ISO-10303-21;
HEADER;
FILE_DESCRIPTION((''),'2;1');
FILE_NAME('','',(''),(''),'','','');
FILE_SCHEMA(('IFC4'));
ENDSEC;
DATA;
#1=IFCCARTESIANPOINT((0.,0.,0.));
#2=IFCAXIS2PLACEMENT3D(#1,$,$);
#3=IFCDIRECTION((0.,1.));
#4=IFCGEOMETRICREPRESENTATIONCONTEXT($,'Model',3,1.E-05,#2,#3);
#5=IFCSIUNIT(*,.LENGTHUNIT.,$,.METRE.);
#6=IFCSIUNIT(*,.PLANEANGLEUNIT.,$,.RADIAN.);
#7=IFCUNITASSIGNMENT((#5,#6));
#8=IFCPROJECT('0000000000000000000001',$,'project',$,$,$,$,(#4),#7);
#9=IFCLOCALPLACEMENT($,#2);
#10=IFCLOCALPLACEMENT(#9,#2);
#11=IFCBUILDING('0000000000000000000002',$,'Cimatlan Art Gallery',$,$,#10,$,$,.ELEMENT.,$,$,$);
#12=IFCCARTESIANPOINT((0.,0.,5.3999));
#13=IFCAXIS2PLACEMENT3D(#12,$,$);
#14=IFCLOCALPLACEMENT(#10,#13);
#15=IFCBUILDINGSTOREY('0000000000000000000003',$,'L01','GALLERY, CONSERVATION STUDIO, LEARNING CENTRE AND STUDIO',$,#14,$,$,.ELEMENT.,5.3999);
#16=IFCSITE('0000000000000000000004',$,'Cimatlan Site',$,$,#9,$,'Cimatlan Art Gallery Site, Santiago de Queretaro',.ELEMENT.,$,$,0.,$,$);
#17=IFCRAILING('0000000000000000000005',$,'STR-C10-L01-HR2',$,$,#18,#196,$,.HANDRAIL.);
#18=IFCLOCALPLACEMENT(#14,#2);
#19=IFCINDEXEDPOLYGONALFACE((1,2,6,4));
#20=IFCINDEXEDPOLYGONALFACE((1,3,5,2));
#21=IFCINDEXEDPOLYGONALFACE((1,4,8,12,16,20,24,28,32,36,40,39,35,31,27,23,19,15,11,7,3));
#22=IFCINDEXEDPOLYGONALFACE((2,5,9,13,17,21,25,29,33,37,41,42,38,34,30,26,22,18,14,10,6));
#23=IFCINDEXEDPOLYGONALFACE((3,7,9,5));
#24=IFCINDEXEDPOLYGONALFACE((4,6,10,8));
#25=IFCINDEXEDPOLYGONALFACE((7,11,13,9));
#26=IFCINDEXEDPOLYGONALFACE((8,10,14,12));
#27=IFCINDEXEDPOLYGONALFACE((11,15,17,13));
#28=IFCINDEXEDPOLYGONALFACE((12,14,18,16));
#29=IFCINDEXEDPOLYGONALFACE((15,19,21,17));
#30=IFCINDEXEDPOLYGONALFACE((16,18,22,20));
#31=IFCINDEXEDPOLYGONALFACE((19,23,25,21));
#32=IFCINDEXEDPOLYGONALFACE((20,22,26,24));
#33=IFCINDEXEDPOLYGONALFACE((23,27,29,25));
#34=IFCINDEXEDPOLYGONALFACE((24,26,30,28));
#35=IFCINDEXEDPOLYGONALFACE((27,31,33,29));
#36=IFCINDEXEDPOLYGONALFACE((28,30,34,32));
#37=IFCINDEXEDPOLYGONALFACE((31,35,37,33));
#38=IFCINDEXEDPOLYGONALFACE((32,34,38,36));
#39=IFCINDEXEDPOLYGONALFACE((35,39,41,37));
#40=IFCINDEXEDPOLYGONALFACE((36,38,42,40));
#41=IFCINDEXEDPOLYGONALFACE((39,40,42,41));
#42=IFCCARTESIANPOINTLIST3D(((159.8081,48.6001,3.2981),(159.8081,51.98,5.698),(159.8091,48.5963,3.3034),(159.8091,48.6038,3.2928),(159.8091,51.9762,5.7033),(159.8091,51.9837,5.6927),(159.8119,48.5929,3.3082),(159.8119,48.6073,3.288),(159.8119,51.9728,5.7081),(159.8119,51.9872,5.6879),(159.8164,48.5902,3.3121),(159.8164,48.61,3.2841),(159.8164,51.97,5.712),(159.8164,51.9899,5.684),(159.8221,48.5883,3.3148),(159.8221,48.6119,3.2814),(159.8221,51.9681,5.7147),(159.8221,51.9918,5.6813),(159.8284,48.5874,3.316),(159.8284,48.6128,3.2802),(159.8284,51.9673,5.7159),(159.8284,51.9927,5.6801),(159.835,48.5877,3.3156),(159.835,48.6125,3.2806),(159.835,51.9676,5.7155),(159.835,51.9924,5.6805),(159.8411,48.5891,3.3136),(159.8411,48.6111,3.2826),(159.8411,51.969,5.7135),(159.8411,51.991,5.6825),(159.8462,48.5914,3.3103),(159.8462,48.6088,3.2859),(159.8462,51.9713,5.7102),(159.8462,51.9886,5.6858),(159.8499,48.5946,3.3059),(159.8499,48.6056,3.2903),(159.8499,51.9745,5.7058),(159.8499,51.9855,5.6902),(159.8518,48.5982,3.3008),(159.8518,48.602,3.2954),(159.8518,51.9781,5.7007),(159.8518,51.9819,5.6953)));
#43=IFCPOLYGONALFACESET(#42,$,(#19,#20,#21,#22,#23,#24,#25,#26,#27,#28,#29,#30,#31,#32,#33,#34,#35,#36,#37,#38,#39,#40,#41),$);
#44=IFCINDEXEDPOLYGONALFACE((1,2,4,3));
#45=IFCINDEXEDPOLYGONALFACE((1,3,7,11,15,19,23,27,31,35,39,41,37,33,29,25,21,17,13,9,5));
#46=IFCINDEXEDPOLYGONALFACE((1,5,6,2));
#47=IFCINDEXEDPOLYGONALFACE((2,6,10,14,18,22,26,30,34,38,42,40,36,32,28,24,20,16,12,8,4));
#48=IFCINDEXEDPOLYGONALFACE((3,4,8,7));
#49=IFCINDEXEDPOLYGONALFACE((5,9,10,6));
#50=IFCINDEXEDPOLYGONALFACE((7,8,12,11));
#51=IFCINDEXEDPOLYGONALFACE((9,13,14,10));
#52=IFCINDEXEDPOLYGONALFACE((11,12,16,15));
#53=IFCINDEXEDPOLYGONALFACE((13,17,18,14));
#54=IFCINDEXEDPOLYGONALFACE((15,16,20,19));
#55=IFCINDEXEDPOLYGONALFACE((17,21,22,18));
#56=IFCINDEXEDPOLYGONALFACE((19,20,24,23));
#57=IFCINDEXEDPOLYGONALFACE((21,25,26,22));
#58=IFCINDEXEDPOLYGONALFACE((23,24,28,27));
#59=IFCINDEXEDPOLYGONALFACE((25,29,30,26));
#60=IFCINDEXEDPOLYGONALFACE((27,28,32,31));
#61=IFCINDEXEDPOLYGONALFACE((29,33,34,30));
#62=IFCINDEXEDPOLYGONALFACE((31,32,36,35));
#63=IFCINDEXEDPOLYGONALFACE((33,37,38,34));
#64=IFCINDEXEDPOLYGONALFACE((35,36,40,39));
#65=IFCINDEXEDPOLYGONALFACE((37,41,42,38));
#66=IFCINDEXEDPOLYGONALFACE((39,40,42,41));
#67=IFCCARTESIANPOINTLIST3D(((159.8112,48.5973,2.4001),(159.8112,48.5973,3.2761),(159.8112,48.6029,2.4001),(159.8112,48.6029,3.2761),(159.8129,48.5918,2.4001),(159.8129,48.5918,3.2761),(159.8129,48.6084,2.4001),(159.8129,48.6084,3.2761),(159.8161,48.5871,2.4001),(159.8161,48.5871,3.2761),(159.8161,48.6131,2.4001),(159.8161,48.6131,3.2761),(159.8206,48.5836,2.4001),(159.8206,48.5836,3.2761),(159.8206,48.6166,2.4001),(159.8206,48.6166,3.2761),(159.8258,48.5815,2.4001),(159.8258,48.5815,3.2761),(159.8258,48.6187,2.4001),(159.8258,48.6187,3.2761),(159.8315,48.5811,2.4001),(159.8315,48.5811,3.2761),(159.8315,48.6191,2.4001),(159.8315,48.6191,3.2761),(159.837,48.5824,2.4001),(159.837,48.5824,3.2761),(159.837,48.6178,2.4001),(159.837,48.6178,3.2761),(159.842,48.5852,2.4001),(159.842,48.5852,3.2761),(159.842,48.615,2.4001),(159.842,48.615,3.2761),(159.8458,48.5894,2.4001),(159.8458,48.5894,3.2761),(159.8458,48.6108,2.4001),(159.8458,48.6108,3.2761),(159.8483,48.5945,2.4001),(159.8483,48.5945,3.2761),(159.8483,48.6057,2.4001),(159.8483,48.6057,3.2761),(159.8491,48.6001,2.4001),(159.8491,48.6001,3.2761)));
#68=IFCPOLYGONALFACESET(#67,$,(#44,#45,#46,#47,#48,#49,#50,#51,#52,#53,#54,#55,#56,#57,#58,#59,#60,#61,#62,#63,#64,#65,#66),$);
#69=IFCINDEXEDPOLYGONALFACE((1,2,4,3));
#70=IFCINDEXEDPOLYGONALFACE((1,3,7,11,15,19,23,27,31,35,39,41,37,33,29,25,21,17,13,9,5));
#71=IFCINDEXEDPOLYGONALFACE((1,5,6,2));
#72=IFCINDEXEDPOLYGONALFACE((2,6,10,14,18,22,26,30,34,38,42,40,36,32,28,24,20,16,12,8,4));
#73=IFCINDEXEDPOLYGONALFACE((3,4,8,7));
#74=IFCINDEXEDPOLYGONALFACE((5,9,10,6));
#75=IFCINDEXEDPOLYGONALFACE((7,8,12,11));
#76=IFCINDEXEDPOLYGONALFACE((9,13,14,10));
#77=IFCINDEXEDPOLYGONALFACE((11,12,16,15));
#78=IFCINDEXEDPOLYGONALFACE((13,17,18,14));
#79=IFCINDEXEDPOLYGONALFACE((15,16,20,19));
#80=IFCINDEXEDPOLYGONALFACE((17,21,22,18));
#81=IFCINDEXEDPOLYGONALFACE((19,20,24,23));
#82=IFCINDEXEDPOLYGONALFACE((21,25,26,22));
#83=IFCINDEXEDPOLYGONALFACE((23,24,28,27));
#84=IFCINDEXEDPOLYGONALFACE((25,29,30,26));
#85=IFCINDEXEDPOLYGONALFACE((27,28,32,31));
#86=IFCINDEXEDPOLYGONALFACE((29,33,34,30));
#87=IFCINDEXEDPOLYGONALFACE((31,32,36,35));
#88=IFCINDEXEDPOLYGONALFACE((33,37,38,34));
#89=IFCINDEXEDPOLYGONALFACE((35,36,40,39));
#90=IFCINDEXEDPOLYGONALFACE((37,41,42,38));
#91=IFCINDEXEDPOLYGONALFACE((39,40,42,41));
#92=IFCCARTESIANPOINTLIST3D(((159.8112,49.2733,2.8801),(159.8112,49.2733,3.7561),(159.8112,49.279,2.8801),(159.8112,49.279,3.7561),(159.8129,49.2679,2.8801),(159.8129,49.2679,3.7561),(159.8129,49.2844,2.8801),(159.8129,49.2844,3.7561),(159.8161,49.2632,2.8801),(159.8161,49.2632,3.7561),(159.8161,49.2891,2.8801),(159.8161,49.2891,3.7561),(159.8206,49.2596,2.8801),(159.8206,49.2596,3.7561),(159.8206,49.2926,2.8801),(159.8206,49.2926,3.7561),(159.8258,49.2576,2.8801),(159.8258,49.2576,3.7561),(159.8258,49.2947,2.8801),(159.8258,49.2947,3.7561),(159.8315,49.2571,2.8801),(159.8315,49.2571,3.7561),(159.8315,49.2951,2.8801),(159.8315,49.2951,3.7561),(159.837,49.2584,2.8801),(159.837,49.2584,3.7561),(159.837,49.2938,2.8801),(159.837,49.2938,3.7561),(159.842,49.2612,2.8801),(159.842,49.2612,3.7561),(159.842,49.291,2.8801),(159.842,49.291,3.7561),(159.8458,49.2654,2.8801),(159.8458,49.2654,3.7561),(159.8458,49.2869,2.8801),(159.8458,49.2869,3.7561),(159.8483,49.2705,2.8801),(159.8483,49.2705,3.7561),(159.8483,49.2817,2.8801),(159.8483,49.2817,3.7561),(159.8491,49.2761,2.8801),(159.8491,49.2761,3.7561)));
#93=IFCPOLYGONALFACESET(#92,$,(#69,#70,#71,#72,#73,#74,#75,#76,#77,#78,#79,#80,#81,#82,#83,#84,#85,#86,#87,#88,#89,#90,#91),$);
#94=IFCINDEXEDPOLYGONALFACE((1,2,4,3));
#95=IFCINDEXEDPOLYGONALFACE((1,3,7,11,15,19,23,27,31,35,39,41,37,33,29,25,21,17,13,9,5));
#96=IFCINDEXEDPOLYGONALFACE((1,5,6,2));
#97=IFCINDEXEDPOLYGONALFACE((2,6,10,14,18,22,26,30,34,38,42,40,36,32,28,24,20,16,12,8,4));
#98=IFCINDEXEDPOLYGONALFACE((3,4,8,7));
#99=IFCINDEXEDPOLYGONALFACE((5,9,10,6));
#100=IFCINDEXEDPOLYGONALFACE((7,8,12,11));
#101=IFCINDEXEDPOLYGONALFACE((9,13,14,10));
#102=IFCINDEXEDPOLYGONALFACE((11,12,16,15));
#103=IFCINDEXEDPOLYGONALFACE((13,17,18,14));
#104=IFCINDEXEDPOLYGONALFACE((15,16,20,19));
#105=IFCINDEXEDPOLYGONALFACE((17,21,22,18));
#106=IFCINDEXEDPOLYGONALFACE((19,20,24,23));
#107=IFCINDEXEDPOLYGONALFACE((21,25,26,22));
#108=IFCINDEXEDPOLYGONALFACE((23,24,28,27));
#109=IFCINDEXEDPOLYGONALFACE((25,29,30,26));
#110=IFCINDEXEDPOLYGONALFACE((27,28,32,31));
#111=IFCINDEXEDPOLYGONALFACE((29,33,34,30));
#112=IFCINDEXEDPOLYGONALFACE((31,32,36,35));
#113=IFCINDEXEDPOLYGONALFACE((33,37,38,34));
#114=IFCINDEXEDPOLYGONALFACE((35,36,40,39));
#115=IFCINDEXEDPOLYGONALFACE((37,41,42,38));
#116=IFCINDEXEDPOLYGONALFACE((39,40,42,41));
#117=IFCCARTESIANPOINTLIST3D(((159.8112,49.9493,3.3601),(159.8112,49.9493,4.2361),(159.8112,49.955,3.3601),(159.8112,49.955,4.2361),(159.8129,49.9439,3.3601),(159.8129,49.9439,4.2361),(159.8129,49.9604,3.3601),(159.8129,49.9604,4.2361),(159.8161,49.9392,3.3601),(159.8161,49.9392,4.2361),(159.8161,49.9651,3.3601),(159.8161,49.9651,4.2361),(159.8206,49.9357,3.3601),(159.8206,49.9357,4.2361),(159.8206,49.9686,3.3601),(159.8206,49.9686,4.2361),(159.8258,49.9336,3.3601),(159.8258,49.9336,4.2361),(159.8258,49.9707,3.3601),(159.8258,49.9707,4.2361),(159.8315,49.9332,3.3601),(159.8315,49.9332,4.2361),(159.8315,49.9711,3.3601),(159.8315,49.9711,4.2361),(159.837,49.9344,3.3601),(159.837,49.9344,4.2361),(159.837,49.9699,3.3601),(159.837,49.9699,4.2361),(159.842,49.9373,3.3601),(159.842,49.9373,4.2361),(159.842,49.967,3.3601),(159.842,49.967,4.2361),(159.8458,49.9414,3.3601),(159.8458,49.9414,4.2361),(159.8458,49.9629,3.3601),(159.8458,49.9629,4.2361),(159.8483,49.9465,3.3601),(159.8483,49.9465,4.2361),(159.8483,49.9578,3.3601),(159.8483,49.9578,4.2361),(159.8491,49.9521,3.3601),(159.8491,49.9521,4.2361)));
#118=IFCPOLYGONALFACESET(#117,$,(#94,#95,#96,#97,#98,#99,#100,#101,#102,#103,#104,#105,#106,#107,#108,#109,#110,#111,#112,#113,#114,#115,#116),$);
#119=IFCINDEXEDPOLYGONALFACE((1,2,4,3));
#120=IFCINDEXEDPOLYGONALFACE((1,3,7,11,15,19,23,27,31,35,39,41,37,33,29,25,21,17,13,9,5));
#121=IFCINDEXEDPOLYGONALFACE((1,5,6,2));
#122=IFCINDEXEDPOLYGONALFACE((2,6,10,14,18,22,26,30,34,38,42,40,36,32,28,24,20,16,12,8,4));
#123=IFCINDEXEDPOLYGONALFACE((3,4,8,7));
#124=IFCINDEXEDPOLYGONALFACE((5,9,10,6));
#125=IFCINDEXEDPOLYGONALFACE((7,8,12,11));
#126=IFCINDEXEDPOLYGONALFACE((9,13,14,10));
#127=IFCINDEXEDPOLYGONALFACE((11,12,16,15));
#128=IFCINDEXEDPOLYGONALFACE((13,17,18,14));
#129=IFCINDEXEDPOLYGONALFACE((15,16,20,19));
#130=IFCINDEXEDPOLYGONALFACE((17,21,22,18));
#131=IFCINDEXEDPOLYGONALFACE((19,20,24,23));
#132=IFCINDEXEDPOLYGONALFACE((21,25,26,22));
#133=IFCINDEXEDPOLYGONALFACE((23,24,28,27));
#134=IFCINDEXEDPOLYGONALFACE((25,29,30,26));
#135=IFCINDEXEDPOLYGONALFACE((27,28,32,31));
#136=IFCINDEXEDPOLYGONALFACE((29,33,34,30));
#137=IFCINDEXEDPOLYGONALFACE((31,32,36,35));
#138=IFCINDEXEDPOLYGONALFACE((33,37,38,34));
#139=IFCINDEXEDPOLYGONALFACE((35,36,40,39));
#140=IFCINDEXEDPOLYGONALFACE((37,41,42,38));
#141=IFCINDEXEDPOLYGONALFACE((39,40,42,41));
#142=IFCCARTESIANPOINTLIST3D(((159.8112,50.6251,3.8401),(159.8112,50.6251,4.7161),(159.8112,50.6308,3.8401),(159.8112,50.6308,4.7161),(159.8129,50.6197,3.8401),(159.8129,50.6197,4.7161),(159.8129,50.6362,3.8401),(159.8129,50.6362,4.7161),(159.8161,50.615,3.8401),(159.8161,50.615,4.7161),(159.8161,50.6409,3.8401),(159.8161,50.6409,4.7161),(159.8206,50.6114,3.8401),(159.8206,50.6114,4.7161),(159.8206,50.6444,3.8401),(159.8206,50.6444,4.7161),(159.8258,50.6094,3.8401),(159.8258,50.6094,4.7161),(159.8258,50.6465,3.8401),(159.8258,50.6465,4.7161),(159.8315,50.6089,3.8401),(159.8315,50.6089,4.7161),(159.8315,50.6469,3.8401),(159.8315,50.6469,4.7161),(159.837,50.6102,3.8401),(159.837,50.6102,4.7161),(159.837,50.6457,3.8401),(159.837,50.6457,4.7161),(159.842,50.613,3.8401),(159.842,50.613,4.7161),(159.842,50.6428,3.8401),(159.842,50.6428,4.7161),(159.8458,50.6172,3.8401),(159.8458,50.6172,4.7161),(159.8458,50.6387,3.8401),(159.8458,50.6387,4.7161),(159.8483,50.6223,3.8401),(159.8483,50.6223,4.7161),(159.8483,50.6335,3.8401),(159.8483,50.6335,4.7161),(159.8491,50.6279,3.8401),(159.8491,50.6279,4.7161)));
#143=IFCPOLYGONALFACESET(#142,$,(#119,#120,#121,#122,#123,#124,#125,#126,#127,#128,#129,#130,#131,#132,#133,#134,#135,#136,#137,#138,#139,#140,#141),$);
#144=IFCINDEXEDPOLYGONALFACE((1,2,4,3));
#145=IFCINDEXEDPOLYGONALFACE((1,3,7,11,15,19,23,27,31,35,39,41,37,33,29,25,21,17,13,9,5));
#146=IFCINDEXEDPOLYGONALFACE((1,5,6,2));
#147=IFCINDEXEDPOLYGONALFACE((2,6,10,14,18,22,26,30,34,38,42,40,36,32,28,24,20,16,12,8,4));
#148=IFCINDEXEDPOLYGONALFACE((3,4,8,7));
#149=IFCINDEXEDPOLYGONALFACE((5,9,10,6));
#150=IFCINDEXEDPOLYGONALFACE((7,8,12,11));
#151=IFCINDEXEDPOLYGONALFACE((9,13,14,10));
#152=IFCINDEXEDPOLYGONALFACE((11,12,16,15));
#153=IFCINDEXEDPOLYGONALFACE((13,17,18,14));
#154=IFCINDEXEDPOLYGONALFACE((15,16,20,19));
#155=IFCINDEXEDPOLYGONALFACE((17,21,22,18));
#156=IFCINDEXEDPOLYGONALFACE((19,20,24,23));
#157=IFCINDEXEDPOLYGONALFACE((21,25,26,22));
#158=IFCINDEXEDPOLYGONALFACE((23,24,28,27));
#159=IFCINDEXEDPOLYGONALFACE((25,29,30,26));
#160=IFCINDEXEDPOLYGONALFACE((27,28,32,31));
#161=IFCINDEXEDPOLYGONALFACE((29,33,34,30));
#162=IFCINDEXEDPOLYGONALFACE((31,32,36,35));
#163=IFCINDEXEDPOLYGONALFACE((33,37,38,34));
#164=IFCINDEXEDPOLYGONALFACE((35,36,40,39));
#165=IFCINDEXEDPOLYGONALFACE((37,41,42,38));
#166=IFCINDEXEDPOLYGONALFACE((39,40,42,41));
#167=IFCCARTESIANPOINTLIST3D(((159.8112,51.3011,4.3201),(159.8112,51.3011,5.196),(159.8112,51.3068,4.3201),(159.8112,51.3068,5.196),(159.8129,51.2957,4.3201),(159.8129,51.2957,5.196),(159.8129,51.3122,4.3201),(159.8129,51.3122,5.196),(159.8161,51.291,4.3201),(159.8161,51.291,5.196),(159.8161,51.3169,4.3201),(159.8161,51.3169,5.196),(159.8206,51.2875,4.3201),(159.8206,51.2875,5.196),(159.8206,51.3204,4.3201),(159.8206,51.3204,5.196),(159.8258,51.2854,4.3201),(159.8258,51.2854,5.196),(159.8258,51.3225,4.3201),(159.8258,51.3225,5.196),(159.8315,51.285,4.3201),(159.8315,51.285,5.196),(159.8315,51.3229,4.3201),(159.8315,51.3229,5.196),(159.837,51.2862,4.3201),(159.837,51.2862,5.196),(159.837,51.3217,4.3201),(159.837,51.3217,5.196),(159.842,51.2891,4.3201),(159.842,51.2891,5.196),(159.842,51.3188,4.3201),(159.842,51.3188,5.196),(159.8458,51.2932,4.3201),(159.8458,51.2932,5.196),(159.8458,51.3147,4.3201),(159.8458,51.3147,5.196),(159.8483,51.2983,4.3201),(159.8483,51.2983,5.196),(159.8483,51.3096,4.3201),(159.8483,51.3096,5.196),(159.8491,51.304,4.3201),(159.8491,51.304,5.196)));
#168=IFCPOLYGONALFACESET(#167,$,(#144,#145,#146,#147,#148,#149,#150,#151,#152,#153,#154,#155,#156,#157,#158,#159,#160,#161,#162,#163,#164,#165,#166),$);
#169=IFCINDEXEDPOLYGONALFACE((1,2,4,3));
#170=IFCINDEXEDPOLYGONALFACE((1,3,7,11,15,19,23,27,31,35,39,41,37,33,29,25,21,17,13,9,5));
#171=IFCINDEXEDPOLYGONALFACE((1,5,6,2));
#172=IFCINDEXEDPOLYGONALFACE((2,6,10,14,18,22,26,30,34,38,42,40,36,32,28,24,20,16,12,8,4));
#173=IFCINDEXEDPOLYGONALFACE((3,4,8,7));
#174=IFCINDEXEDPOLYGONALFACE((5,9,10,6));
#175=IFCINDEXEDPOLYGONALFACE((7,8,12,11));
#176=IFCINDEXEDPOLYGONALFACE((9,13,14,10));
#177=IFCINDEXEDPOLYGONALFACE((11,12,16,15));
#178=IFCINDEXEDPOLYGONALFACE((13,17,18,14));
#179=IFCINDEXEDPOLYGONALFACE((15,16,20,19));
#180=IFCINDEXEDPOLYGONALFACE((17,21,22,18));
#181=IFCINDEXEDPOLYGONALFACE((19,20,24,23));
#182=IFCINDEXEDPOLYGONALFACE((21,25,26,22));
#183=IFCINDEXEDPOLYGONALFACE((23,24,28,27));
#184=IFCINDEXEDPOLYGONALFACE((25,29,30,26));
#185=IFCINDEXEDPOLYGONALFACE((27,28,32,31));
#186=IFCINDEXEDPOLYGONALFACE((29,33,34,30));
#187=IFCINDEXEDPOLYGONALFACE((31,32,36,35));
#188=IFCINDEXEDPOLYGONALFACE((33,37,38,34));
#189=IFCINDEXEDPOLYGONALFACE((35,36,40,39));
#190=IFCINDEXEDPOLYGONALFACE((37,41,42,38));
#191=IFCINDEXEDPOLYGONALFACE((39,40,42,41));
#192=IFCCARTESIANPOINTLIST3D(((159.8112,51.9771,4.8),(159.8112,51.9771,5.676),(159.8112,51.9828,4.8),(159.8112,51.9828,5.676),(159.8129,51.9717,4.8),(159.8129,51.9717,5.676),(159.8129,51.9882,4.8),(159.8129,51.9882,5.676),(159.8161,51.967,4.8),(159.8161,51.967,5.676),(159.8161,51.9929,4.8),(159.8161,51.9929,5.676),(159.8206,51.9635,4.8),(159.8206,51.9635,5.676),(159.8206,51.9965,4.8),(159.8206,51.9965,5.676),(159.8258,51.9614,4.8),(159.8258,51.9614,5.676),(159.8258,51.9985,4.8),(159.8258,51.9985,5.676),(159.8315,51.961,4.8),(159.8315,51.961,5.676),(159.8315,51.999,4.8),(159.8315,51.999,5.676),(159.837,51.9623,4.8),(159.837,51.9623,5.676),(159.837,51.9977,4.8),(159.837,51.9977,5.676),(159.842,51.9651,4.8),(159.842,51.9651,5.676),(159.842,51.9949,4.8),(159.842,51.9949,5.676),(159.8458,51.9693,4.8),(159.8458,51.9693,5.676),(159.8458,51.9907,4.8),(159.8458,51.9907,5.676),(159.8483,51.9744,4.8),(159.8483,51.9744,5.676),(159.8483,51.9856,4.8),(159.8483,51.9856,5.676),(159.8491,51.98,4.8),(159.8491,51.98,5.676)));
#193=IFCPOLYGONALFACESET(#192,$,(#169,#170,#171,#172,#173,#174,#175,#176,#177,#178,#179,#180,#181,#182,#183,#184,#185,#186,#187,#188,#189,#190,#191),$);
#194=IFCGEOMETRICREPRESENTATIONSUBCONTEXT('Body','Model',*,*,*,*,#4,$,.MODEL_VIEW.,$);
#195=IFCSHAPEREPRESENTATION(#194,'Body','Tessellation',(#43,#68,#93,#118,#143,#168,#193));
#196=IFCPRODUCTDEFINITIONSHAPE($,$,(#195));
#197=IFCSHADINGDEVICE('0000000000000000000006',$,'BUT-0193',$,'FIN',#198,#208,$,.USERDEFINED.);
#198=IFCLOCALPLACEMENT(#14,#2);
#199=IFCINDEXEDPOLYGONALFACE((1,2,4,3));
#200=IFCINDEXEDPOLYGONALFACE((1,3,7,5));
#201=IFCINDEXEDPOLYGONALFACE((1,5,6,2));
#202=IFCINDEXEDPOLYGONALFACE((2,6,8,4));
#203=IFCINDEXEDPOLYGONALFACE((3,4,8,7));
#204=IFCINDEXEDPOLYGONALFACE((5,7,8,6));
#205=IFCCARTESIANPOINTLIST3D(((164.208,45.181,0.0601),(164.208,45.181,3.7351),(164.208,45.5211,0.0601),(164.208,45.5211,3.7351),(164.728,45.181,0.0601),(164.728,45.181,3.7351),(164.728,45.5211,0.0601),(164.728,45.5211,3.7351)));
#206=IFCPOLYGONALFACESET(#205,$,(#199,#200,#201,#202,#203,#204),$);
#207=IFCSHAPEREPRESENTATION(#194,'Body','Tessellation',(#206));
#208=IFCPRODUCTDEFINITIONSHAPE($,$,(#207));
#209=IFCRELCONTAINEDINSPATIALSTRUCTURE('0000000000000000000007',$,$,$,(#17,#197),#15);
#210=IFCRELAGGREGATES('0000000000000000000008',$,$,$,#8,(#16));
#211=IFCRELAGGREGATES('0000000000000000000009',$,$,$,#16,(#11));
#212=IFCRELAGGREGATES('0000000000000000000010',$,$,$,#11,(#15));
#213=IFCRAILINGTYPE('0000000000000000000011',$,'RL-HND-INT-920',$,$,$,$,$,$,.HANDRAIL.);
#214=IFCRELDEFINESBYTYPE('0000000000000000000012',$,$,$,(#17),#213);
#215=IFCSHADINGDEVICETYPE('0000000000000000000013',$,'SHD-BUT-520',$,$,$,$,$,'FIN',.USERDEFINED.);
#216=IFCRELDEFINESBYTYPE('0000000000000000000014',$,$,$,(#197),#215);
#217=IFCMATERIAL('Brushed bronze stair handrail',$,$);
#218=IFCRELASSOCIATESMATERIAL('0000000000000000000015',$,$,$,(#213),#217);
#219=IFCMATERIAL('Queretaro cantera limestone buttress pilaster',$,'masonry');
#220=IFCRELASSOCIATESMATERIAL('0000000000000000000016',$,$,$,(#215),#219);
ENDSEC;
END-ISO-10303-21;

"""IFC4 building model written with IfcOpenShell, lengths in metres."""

from ifc_helpers import new_model, si_unit, direction, frame, origin, origin_2d, place, context, subcontext, project, spatial, rectangle, circle, extrude, material, type_object, element, save


model = new_model("IFC4")

# Units and contexts
model_context = context("Model", 3, precision=1e-05, world=origin(), true_north=direction((0.0, 1.0)))
body_context = subcontext(model_context, "Body", "Model", "MODEL_VIEW")
ifc_project = project(units=[si_unit("LENGTHUNIT", "METRE"), si_unit("PLANEANGLEUNIT", "RADIAN")], contexts=[model_context])

# Site, building, storey
site_placement = place(None, origin())
site = spatial("IfcSite", under=ifc_project, at=site_placement, Name="Cimatlan Site", LongName="Cimatlan Art Gallery Site, Santiago de Queretaro", CompositionType="ELEMENT", RefElevation=0.0)
building_placement = place(site_placement, origin())
building = spatial("IfcBuilding", under=site, at=building_placement, Name="Cimatlan Art Gallery", CompositionType="ELEMENT")
storey_placement = place(building_placement, frame((0.0, 0.0, 5.3999)))
storey = spatial("IfcBuildingStorey", under=building, at=storey_placement, Name="L01", Description="GALLERY, CONSERVATION STUDIO, LEARNING CENTRE AND STUDIO", CompositionType="ELEMENT", Elevation=5.3999)

# Railing
ifc_material_1 = material(Name="Brushed bronze stair handrail")
railing_type_1 = type_object("IfcRailingType", Name="RL-HND-INT-920", PredefinedType="HANDRAIL", material=ifc_material_1)
railing_1_placement = place(storey_placement, frame((159.8301, 48.6001, 2.4001)))
element("IfcRailing", 1, at=railing_1_placement, inside=storey, type_object=railing_type_1, Name="STR-C10-L01-HR2", PredefinedType="HANDRAIL", context=body_context, shape_type="SweptSolid", body=[
    extrude(circle(Radius=0.022, at=origin_2d()), frame((0.0, 0.0, 0.8979), z_axis=(0.0, 0.815362, 0.578952), x_axis=(-1.0, 0.0, 0.0)), (0.0, 0.0, 1.0), 4.1453),
    extrude(circle(Radius=0.019, at=origin_2d()), origin(), (0.0, 0.0, 1.0), 0.876),
    extrude(circle(Radius=0.019, at=origin_2d()), frame((0.0, 0.676, 0.48)), (0.0, 0.0, 1.0), 0.876),
    extrude(circle(Radius=0.019, at=origin_2d()), frame((0.0, 1.3521, 0.96)), (0.0, 0.0, 1.0), 0.876),
    extrude(circle(Radius=0.019, at=origin_2d()), frame((0.0, 2.0278, 1.4399)), (0.0, 0.0, 1.0), 0.876),
    extrude(circle(Radius=0.019, at=origin_2d()), frame((0.0, 2.7039, 1.9199)), (0.0, 0.0, 1.0), 0.876),
    extrude(circle(Radius=0.019, at=origin_2d()), frame((0.0, 3.3799, 2.3999)), (0.0, 0.0, 1.0), 0.876),
])

# Shading device
ifc_material_2 = material(Name="Queretaro cantera limestone buttress pilaster", Category="masonry")
shading_device_type_1 = type_object("IfcShadingDeviceType", Name="SHD-BUT-520", ElementType="FIN", PredefinedType="USERDEFINED", material=ifc_material_2)
for number, where, z_axis, x_axis, name in (
    (2, (164.468, 45.3511, 0.0601), (0.0, 0.0, 1.0), (0.0, -1.0, 0.0), "BUT-0193"),
):
    element("IfcShadingDevice", number, at=place(storey_placement, frame(where, z_axis=z_axis, x_axis=x_axis)), inside=storey, type_object=shading_device_type_1, Name=name, ObjectType="FIN", PredefinedType="USERDEFINED", context=body_context, shape_type="SweptSolid", body=[
        extrude(rectangle(XDim=0.3401, YDim=0.52, at=origin_2d()), origin(), (0.0, 0.0, 1.0), 3.675),
    ])

save(model, "model.ifc")
